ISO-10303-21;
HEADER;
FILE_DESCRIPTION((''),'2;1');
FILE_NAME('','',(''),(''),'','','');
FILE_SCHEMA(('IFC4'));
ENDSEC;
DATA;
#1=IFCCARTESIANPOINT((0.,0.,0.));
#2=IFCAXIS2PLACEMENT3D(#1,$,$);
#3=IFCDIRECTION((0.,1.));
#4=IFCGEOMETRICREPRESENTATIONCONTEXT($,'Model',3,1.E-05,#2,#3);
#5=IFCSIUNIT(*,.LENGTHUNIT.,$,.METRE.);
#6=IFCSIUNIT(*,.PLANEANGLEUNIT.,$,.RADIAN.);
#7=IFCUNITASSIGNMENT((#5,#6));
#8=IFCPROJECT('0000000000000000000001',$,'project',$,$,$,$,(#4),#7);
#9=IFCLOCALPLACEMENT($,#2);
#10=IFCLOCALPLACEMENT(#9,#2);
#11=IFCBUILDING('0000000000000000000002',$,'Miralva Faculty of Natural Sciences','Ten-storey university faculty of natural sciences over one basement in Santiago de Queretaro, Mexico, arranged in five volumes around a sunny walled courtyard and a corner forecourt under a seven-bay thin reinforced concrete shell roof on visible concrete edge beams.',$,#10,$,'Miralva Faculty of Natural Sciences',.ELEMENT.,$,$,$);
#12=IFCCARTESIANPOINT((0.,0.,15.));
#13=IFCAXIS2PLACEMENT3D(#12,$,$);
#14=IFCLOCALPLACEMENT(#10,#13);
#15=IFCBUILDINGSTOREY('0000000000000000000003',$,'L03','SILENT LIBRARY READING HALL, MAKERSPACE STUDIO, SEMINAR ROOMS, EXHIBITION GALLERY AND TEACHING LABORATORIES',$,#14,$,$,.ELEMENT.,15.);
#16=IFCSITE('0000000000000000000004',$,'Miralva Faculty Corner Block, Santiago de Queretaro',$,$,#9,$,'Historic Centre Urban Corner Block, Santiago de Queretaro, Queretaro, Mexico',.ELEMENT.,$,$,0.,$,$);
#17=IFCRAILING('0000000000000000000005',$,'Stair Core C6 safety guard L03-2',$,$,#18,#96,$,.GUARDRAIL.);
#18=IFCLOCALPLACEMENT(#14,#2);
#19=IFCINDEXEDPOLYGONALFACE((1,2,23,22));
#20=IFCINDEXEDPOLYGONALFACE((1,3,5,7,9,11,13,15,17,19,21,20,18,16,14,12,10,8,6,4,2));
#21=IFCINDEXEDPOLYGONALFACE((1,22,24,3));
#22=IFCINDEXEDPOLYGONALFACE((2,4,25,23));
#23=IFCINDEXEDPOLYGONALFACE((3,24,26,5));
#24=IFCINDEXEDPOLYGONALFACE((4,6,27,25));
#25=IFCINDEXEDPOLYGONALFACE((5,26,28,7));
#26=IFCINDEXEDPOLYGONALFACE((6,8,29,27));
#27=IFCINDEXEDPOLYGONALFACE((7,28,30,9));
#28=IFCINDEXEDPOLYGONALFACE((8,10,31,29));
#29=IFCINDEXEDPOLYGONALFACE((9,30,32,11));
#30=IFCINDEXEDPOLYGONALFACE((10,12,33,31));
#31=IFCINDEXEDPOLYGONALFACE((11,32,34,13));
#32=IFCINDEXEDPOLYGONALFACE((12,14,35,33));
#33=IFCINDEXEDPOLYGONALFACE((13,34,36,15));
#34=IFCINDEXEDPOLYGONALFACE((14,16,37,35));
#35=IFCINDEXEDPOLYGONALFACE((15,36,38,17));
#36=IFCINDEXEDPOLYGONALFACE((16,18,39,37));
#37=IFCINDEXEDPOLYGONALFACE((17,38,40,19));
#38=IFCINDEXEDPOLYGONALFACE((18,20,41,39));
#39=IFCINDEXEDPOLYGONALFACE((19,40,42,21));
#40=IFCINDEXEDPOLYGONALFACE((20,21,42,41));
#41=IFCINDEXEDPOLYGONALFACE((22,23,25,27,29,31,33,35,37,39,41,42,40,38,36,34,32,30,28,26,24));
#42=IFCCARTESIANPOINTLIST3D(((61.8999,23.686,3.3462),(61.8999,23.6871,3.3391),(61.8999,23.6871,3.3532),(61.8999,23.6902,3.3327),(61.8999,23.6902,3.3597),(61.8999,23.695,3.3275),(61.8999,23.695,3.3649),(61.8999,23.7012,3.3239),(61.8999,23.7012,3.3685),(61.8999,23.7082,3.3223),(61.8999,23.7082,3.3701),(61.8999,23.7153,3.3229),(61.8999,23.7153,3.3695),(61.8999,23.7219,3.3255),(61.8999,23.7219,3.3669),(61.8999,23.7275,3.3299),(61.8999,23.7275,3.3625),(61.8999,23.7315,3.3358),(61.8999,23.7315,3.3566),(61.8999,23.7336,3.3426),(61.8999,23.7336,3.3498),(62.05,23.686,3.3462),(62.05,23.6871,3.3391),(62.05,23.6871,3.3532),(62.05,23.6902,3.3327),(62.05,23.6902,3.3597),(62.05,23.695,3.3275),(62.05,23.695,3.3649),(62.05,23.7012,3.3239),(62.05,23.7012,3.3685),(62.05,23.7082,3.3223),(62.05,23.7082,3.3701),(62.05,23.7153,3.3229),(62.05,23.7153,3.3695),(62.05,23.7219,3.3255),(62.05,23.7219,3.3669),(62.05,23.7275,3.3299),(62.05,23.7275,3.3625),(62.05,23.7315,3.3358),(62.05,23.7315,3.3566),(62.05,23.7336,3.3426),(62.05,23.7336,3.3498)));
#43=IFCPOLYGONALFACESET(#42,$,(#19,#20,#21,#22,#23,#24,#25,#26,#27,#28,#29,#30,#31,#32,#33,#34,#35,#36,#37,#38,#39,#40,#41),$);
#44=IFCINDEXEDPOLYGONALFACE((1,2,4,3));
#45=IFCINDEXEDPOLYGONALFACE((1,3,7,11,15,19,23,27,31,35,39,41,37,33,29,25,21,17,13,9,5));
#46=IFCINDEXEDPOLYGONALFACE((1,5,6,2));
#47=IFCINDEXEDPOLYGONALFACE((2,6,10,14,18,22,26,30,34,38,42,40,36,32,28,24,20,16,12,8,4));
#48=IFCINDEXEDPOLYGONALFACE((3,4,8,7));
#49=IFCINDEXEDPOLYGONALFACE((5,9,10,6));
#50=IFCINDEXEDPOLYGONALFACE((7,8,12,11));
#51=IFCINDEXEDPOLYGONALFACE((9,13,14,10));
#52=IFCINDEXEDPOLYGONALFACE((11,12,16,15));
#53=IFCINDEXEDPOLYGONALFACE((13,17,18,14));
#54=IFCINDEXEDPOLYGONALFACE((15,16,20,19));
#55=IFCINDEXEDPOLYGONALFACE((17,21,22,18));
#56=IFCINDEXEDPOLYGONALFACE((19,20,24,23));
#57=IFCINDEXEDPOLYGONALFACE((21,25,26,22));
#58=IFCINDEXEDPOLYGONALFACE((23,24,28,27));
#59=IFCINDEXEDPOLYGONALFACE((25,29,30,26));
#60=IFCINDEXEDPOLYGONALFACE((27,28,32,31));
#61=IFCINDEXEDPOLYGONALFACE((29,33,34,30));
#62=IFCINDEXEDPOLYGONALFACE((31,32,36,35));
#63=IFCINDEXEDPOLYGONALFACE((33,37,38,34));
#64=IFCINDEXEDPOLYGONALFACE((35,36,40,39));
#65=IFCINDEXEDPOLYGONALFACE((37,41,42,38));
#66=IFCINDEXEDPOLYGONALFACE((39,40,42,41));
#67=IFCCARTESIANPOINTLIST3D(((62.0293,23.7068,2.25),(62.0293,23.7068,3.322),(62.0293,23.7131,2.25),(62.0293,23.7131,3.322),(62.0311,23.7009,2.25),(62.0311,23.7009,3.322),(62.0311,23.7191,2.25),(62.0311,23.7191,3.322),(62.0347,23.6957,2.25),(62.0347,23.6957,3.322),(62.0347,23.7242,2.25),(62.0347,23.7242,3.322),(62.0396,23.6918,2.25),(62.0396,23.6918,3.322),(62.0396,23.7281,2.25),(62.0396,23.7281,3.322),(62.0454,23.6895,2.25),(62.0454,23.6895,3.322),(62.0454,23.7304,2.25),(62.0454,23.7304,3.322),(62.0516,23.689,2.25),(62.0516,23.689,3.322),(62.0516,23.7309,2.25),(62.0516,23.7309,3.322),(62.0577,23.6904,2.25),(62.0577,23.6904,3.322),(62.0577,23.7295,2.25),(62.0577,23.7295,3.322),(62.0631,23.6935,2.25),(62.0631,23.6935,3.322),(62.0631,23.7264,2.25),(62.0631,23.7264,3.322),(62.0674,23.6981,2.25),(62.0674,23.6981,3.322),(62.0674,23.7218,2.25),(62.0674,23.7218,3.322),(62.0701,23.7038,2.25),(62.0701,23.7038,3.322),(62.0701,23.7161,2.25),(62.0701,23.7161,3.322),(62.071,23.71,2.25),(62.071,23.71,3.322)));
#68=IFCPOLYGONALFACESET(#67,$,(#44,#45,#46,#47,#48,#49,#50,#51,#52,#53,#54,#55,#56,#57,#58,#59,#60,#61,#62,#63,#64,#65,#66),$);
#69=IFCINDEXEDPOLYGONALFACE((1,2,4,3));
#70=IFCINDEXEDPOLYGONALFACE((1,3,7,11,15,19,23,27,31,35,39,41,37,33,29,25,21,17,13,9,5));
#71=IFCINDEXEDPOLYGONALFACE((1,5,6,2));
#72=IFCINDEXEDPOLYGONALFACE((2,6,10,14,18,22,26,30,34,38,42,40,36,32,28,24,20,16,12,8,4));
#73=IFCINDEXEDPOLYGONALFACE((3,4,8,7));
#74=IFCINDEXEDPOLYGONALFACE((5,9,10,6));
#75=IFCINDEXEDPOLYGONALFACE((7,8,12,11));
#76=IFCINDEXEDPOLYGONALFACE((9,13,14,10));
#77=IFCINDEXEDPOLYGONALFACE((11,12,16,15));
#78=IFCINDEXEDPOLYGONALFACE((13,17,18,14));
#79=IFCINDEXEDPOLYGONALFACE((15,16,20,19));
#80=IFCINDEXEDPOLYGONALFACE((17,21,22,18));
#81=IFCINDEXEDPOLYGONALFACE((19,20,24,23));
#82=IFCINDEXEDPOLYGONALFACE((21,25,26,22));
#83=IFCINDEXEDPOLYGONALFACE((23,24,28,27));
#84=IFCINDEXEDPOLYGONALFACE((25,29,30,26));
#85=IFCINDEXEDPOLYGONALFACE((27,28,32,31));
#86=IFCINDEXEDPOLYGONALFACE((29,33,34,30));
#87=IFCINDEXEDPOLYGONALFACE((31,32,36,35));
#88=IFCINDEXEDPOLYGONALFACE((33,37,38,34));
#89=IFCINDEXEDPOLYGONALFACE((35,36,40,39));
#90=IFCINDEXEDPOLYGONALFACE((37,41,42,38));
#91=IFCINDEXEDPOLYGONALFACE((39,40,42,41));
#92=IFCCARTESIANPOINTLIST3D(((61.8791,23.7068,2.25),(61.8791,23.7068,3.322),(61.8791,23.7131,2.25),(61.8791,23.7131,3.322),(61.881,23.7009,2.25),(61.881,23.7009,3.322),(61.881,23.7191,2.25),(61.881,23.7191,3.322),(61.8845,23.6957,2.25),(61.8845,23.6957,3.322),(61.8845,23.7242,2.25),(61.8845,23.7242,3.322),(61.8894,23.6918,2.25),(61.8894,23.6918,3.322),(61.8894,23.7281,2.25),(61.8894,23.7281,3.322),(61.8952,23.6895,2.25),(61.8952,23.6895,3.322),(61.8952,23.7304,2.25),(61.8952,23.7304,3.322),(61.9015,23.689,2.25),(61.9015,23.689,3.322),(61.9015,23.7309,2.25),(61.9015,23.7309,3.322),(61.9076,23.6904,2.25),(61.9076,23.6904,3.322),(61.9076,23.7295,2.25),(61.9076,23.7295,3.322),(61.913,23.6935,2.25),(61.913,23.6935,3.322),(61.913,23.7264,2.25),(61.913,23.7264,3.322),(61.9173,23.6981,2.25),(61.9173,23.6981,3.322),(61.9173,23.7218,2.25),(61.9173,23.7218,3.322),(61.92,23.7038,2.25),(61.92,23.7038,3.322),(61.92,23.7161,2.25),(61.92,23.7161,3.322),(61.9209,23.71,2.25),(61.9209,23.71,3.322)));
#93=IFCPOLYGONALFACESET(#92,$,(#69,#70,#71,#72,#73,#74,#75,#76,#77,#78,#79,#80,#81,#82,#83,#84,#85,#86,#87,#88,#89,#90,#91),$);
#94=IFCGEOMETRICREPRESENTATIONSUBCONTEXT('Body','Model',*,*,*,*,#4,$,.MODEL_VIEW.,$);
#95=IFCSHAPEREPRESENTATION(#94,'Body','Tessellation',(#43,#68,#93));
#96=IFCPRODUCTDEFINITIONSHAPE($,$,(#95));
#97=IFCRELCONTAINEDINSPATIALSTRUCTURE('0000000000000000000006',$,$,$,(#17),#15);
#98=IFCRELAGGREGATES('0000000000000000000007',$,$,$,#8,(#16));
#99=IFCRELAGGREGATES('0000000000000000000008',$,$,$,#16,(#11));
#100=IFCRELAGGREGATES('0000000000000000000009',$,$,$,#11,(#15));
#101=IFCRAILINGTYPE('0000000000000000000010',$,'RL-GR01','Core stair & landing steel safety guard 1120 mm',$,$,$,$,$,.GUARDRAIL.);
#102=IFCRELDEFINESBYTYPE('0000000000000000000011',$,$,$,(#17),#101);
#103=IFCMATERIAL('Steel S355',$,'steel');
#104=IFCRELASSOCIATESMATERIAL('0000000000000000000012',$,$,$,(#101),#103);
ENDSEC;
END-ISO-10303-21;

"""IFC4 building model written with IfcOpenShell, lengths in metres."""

from ifc_helpers import new_model, si_unit, direction, frame, origin, origin_2d, place, context, subcontext, project, spatial, circle, extrude, material, type_object, element, save


model = new_model("IFC4")

# Units and contexts
model_context = context("Model", 3, precision=1e-05, world=origin(), true_north=direction((0.0, 1.0)))
body_context = subcontext(model_context, "Body", "Model", "MODEL_VIEW")
ifc_project = project(units=[si_unit("LENGTHUNIT", "METRE"), si_unit("PLANEANGLEUNIT", "RADIAN")], contexts=[model_context])

# Site, building, storey
site_placement = place(None, origin())
site = spatial("IfcSite", under=ifc_project, at=site_placement, Name="Miralva Faculty Corner Block, Santiago de Queretaro", LongName="Historic Centre Urban Corner Block, Santiago de Queretaro, Queretaro, Mexico", CompositionType="ELEMENT", RefElevation=0.0)
building_placement = place(site_placement, origin())
building = spatial("IfcBuilding", under=site, at=building_placement, Name="Miralva Faculty of Natural Sciences", Description="Ten-storey university faculty of natural sciences over one basement in Santiago de Queretaro, Mexico, arranged in five volumes around a sunny walled courtyard and a corner forecourt under a seven-bay thin reinforced concrete shell roof on visible concrete edge beams.", LongName="Miralva Faculty of Natural Sciences", CompositionType="ELEMENT")
storey_placement = place(building_placement, frame((0.0, 0.0, 15.0)))
storey = spatial("IfcBuildingStorey", under=building, at=storey_placement, Name="L03", Description="SILENT LIBRARY READING HALL, MAKERSPACE STUDIO, SEMINAR ROOMS, EXHIBITION GALLERY AND TEACHING LABORATORIES", CompositionType="ELEMENT", Elevation=15.0)

# Railing
ifc_material_1 = material(Name="Steel S355", Category="steel")
railing_type_1 = type_object("IfcRailingType", Name="RL-GR01", Description="Core stair & landing steel safety guard 1120 mm", PredefinedType="GUARDRAIL", material=ifc_material_1)
railing_1_placement = place(storey_placement, frame((62.05, 23.71, 2.25)))
element("IfcRailing", 1, at=railing_1_placement, inside=storey, type_object=railing_type_1, Name="Stair Core C6 safety guard L03-2", PredefinedType="GUARDRAIL", context=body_context, shape_type="SweptSolid", body=[
    extrude(circle(Radius=0.0239, at=origin_2d()), frame((0.0, 0.0, 1.0962), z_axis=(-1.0, 0.0, 0.0), x_axis=(0.0, -1.0, 0.0)), (0.0, 0.0, 1.0), 0.1501),
    extrude(circle(Radius=0.021, at=origin_2d()), origin(), (0.0, 0.0, 1.0), 1.072),
    extrude(circle(Radius=0.021, at=origin_2d()), frame((-0.1501, 0.0, 0.0)), (0.0, 0.0, 1.0), 1.072),
])

save(model, "model.ifc")
